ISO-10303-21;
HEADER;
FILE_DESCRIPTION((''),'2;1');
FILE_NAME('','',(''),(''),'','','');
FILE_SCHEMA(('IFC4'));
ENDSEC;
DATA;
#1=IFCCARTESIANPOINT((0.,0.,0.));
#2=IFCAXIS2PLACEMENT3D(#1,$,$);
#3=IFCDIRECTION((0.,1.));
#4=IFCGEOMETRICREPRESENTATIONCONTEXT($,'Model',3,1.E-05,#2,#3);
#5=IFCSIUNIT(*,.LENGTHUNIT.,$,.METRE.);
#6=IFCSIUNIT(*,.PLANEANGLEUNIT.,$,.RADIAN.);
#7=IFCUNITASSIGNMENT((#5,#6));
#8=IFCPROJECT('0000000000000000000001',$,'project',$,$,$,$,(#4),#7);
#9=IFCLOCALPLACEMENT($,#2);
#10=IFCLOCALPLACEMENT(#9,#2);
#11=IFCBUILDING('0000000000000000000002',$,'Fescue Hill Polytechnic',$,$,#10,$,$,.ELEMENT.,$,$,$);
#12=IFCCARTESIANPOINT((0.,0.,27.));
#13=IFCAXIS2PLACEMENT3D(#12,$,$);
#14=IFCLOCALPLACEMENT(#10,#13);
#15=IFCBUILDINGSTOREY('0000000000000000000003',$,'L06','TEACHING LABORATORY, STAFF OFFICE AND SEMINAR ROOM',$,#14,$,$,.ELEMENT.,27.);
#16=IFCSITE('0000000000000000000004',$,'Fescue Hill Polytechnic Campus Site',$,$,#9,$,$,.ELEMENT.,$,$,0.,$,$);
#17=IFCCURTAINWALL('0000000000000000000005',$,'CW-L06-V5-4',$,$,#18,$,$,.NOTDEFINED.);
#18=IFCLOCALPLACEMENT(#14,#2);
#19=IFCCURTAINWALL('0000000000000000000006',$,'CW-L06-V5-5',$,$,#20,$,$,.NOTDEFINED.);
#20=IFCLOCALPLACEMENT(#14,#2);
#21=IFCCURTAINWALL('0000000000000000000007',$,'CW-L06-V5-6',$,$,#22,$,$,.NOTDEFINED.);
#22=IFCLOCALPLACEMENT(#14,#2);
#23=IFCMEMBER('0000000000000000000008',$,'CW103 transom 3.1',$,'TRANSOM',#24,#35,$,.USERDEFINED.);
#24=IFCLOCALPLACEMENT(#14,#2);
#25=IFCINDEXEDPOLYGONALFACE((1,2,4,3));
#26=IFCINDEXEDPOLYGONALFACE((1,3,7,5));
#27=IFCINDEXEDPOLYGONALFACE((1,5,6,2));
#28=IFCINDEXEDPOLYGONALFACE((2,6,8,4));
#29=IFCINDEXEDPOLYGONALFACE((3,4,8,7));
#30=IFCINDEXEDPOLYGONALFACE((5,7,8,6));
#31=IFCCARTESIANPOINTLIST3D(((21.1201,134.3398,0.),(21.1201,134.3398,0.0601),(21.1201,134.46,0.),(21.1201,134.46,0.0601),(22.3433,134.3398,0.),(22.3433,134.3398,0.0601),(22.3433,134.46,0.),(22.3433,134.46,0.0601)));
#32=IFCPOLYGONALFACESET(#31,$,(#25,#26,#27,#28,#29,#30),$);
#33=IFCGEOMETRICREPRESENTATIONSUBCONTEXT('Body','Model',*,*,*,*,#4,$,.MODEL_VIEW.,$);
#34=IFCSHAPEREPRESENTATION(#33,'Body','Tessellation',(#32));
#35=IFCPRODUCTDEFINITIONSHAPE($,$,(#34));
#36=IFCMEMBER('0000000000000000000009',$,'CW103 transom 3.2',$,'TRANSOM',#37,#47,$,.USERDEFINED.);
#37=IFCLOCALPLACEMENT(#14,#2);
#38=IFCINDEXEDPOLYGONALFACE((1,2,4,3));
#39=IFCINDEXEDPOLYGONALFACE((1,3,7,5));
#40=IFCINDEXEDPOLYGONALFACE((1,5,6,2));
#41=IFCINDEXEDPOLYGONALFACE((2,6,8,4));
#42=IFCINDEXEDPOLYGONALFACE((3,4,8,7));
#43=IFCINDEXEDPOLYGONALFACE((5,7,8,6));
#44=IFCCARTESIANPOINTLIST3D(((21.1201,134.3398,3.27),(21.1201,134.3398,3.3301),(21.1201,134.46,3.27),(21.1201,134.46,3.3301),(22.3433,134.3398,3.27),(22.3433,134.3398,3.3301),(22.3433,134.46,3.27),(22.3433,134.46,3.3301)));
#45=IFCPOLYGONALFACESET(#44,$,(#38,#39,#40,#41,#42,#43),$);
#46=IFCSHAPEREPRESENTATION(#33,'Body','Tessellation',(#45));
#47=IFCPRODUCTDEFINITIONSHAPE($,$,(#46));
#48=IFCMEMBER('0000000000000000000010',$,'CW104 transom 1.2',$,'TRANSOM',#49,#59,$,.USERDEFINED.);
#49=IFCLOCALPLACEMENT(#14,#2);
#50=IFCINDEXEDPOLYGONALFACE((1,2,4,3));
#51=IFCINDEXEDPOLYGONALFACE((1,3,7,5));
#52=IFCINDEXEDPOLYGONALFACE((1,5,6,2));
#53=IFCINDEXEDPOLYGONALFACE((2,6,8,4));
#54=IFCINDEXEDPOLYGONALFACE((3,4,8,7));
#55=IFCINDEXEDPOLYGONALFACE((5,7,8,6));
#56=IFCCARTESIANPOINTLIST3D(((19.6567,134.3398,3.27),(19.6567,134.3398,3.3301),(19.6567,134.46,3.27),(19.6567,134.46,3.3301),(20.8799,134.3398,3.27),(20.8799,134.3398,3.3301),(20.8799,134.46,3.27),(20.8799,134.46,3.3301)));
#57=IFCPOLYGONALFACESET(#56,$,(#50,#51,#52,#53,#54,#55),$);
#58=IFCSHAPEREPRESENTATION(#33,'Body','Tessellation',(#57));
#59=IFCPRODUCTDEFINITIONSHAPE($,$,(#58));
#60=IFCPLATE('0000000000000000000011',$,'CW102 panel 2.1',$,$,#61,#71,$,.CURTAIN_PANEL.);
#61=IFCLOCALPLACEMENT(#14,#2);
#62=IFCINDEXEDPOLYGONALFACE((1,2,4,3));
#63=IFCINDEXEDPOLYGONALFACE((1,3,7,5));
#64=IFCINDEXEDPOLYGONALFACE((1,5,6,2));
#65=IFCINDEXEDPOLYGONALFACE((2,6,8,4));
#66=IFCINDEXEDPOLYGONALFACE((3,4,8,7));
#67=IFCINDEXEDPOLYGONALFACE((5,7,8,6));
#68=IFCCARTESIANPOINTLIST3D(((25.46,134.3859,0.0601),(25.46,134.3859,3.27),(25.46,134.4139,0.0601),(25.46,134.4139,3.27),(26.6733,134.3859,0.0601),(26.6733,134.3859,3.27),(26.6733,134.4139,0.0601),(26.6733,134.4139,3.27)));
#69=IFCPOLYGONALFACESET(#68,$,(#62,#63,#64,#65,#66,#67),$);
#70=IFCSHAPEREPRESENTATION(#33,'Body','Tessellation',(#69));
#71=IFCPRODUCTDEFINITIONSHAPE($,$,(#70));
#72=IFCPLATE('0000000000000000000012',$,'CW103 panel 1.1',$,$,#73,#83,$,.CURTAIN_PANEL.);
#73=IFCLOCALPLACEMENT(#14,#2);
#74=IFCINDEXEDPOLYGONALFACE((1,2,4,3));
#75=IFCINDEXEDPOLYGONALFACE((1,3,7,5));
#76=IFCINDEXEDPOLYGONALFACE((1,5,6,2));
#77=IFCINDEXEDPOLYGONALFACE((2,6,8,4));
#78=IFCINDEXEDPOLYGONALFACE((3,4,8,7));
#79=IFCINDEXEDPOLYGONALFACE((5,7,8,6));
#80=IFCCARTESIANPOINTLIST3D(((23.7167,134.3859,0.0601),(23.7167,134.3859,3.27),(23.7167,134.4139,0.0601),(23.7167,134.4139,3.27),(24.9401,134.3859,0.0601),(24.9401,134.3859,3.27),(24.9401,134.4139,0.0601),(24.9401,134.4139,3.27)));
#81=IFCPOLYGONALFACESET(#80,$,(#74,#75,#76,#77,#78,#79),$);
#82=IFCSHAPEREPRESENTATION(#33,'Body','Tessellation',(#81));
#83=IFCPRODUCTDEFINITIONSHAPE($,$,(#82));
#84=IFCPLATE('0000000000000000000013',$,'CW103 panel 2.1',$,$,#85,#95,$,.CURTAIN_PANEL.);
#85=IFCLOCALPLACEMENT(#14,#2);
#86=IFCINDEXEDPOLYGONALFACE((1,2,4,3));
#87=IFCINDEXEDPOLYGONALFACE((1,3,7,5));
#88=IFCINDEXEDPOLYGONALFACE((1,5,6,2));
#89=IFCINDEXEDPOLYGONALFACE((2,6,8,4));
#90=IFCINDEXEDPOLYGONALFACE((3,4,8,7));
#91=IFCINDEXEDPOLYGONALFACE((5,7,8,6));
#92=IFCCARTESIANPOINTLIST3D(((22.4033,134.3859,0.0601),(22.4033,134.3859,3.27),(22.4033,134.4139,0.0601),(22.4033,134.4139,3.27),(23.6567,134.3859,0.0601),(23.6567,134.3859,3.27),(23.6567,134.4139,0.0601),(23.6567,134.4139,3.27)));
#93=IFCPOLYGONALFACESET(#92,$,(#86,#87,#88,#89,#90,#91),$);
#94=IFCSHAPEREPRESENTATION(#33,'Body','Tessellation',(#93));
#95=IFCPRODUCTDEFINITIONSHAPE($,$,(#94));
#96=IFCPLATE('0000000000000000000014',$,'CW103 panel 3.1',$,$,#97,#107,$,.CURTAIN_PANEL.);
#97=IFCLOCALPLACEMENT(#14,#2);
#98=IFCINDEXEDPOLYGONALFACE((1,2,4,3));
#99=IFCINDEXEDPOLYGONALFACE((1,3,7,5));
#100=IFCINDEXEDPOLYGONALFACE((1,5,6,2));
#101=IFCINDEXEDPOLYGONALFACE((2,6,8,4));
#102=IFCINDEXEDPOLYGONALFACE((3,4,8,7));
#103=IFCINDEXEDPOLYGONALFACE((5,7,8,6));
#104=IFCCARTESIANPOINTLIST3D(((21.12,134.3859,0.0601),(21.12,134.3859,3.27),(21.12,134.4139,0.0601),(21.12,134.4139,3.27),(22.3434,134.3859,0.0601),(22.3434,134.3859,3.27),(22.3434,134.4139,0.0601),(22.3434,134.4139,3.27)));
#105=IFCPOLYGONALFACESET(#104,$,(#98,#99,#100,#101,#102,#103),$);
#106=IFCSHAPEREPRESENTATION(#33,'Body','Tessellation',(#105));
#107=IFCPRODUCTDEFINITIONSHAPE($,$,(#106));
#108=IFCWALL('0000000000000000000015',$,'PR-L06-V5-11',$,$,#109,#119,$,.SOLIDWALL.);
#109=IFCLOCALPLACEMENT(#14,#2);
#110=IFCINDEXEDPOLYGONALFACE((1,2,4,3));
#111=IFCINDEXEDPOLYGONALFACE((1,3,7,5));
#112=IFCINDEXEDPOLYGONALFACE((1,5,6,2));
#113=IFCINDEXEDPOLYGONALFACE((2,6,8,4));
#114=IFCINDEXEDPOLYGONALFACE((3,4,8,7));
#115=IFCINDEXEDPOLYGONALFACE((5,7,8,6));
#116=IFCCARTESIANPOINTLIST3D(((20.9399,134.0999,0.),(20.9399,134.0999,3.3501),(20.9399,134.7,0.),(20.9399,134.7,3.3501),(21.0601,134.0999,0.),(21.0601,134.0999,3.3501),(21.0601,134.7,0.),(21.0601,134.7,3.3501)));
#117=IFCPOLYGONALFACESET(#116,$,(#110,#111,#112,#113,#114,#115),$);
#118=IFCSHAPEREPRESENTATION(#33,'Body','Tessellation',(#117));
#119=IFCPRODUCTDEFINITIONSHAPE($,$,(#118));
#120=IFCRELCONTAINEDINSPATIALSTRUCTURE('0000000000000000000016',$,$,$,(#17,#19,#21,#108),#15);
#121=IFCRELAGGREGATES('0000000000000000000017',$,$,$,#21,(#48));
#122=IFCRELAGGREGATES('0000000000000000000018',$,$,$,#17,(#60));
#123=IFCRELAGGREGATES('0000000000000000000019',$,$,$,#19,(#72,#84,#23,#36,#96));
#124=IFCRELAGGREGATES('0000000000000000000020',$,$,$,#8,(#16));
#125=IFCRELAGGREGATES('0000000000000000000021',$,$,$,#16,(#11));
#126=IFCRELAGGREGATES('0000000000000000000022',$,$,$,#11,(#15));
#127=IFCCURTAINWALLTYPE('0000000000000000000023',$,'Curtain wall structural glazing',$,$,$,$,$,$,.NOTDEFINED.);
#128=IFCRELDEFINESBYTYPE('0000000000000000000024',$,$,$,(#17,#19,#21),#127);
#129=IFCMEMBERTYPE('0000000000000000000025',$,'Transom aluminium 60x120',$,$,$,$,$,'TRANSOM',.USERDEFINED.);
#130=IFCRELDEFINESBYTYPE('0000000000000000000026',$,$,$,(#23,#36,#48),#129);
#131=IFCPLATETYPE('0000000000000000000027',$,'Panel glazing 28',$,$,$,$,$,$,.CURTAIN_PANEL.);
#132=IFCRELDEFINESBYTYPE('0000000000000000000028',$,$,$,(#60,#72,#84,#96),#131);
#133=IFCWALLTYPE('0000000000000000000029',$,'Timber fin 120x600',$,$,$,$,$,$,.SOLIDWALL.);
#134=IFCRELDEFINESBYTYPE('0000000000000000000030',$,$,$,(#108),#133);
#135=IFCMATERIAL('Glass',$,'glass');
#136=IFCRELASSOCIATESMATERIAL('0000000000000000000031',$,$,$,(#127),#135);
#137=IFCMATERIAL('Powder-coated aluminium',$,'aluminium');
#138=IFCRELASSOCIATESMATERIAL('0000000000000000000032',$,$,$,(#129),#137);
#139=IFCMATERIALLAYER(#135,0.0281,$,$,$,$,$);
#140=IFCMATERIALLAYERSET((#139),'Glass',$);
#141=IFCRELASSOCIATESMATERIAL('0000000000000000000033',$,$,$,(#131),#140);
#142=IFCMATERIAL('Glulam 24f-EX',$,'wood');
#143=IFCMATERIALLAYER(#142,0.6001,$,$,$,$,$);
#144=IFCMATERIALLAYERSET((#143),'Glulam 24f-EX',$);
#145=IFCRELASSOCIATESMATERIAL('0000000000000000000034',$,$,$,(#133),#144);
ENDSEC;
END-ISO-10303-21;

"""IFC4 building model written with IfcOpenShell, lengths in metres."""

from ifc_helpers import new_model, si_unit, direction, frame, frame_2d, origin, origin_2d, place, context, subcontext, project, spatial, rectangle, extrude, material, layer, layer_set, material_profile, profile_set, type_object, element, aggregate, save


model = new_model("IFC4")

# Units and contexts
model_context = context("Model", 3, precision=1e-05, world=origin(), true_north=direction((0.0, 1.0)))
body_context = subcontext(model_context, "Body", "Model", "MODEL_VIEW")
ifc_project = project(units=[si_unit("LENGTHUNIT", "METRE"), si_unit("PLANEANGLEUNIT", "RADIAN")], contexts=[model_context])

# Site, building, storey
site_placement = place(None, origin())
site = spatial("IfcSite", under=ifc_project, at=site_placement, Name="Fescue Hill Polytechnic Campus Site", CompositionType="ELEMENT", RefElevation=0.0)
building_placement = place(site_placement, origin())
building = spatial("IfcBuilding", under=site, at=building_placement, Name="Fescue Hill Polytechnic", CompositionType="ELEMENT")
storey_placement = place(building_placement, frame((0.0, 0.0, 27.0)))
storey = spatial("IfcBuildingStorey", under=building, at=storey_placement, Name="L06", Description="TEACHING LABORATORY, STAFF OFFICE AND SEMINAR ROOM", CompositionType="ELEMENT", Elevation=27.0)

# Curtain wall
ifc_material_1 = material(Name="Glass", Category="glass")
curtain_wall_type = type_object("IfcCurtainWallType", Name="Curtain wall structural glazing", PredefinedType="NOTDEFINED", material=ifc_material_1)
curtain_wall_1_placement = place(storey_placement, origin())
curtain_wall_1 = element("IfcCurtainWall", 1, at=curtain_wall_1_placement, inside=storey, type_object=curtain_wall_type, Name="CW-L06-V5-4", PredefinedType="NOTDEFINED")
ifc_material_2 = material(Name="Powder-coated aluminium", Category="aluminium")

# Curtain wall
curtain_wall_2_placement = place(storey_placement, origin())
curtain_wall_2 = element("IfcCurtainWall", 2, at=curtain_wall_2_placement, inside=storey, type_object=curtain_wall_type, Name="CW-L06-V5-5", PredefinedType="NOTDEFINED")

# Curtain wall
curtain_wall_3_placement = place(storey_placement, origin())
curtain_wall_3 = element("IfcCurtainWall", 3, at=curtain_wall_3_placement, inside=storey, type_object=curtain_wall_type, Name="CW-L06-V5-6", PredefinedType="NOTDEFINED")

# Members
ifc_material_profile_1 = material_profile(ifc_material_2, rectangle(XDim=0.1201, YDim=0.0601, at=origin_2d()), Name="Transom aluminium 60x120")
ifc_profile_set_1 = profile_set([ifc_material_profile_1], Name="Powder-coated aluminium")
member_type_1 = type_object("IfcMemberType", Name="Transom aluminium 60x120", ElementType="TRANSOM", PredefinedType="USERDEFINED", material=ifc_profile_set_1)
member_1_placement = place(storey_placement, frame((22.3433, 134.3999, 0.03), z_axis=(-1.0, 0.0, 0.0), x_axis=(0.0, -1.0, 0.0)))
member_1 = element("IfcMember", 4, at=member_1_placement, type_object=member_type_1, Name="CW103 transom 3.1", ObjectType="TRANSOM", PredefinedType="USERDEFINED", context=body_context, shape_type="SweptSolid", body=[
    extrude(rectangle(XDim=0.1201, YDim=0.0601, at=origin_2d()), origin(), (0.0, 0.0, 1.0), 1.2231),
])
member_2_placement = place(storey_placement, frame((22.3433, 134.3999, 3.3), z_axis=(-1.0, 0.0, 0.0), x_axis=(0.0, -1.0, 0.0)))
member_2 = element("IfcMember", 5, at=member_2_placement, type_object=member_type_1, Name="CW103 transom 3.2", ObjectType="TRANSOM", PredefinedType="USERDEFINED", context=body_context, shape_type="SweptSolid", body=[
    extrude(rectangle(XDim=0.1201, YDim=0.0601, at=origin_2d()), origin(), (0.0, 0.0, 1.0), 1.2231),
])
member_3_placement = place(storey_placement, frame((20.8799, 134.3999, 3.3), z_axis=(-1.0, 0.0, 0.0), x_axis=(0.0, -1.0, 0.0)))
member_3 = element("IfcMember", 6, at=member_3_placement, type_object=member_type_1, Name="CW104 transom 1.2", ObjectType="TRANSOM", PredefinedType="USERDEFINED", context=body_context, shape_type="SweptSolid", body=[
    extrude(rectangle(XDim=0.1201, YDim=0.0601, at=origin_2d()), origin(), (0.0, 0.0, 1.0), 1.2231),
])
aggregate(curtain_wall_3, [member_3])

# Plates
ifc_layer_1 = layer(ifc_material_1, 0.0281)
ifc_layer_set_1 = layer_set([ifc_layer_1], Name="Glass")
plate_type = type_object("IfcPlateType", Name="Panel glazing 28", PredefinedType="CURTAIN_PANEL", material=ifc_layer_set_1)
plate_1_placement = place(storey_placement, frame((26.0667, 134.3999, 0.0601), z_axis=(0.0, 0.0, 1.0), x_axis=(-1.0, 0.0, 0.0)))
plate_1 = element("IfcPlate", 7, at=plate_1_placement, type_object=plate_type, Name="CW102 panel 2.1", PredefinedType="CURTAIN_PANEL", context=body_context, shape_type="SweptSolid", body=[
    extrude(rectangle(XDim=1.2134, YDim=0.0281, at=origin_2d()), origin(), (0.0, 0.0, 1.0), 3.21),
])
aggregate(curtain_wall_1, [plate_1])
plate_2_placement = place(storey_placement, frame((24.3284, 134.3999, 0.0601), z_axis=(0.0, 0.0, 1.0), x_axis=(-1.0, 0.0, 0.0)))
plate_2 = element("IfcPlate", 8, at=plate_2_placement, type_object=plate_type, Name="CW103 panel 1.1", PredefinedType="CURTAIN_PANEL", context=body_context, shape_type="SweptSolid", body=[
    extrude(rectangle(XDim=1.2234, YDim=0.0281, at=origin_2d()), origin(), (0.0, 0.0, 1.0), 3.21),
])
plate_3_placement = place(storey_placement, frame((23.03, 134.3999, 0.0601), z_axis=(0.0, 0.0, 1.0), x_axis=(-1.0, 0.0, 0.0)))
plate_3 = element("IfcPlate", 9, at=plate_3_placement, type_object=plate_type, Name="CW103 panel 2.1", PredefinedType="CURTAIN_PANEL", context=body_context, shape_type="SweptSolid", body=[
    extrude(rectangle(XDim=1.2534, YDim=0.0281, at=origin_2d()), origin(), (0.0, 0.0, 1.0), 3.21),
])
plate_4_placement = place(storey_placement, frame((21.7317, 134.3999, 0.0601), z_axis=(0.0, 0.0, 1.0), x_axis=(-1.0, 0.0, 0.0)))
plate_4 = element("IfcPlate", 10, at=plate_4_placement, type_object=plate_type, Name="CW103 panel 3.1", PredefinedType="CURTAIN_PANEL", context=body_context, shape_type="SweptSolid", body=[
    extrude(rectangle(XDim=1.2234, YDim=0.0281, at=origin_2d()), origin(), (0.0, 0.0, 1.0), 3.21),
])
aggregate(curtain_wall_2, [plate_2, plate_3, member_1, member_2, plate_4])

# Wall
ifc_material_3 = material(Name="Glulam 24f-EX", Category="wood")
ifc_layer_2 = layer(ifc_material_3, 0.6001)
ifc_layer_set_2 = layer_set([ifc_layer_2], Name="Glulam 24f-EX")
wall_type = type_object("IfcWallType", Name="Timber fin 120x600", PredefinedType="SOLIDWALL", material=ifc_layer_set_2)
wall_placement = place(storey_placement, frame((21.0601, 134.3999, 0.0), z_axis=(0.0, 0.0, 1.0), x_axis=(-1.0, 0.0, 0.0)))
element("IfcWall", 11, at=wall_placement, inside=storey, type_object=wall_type, Name="PR-L06-V5-11", PredefinedType="SOLIDWALL", context=body_context, shape_type="SweptSolid", body=[
    extrude(rectangle(XDim=0.1201, YDim=0.6001, at=frame_2d((0.0601, 0.0))), origin(), (0.0, 0.0, 1.0), 3.3501),
])

save(model, "model.ifc")
